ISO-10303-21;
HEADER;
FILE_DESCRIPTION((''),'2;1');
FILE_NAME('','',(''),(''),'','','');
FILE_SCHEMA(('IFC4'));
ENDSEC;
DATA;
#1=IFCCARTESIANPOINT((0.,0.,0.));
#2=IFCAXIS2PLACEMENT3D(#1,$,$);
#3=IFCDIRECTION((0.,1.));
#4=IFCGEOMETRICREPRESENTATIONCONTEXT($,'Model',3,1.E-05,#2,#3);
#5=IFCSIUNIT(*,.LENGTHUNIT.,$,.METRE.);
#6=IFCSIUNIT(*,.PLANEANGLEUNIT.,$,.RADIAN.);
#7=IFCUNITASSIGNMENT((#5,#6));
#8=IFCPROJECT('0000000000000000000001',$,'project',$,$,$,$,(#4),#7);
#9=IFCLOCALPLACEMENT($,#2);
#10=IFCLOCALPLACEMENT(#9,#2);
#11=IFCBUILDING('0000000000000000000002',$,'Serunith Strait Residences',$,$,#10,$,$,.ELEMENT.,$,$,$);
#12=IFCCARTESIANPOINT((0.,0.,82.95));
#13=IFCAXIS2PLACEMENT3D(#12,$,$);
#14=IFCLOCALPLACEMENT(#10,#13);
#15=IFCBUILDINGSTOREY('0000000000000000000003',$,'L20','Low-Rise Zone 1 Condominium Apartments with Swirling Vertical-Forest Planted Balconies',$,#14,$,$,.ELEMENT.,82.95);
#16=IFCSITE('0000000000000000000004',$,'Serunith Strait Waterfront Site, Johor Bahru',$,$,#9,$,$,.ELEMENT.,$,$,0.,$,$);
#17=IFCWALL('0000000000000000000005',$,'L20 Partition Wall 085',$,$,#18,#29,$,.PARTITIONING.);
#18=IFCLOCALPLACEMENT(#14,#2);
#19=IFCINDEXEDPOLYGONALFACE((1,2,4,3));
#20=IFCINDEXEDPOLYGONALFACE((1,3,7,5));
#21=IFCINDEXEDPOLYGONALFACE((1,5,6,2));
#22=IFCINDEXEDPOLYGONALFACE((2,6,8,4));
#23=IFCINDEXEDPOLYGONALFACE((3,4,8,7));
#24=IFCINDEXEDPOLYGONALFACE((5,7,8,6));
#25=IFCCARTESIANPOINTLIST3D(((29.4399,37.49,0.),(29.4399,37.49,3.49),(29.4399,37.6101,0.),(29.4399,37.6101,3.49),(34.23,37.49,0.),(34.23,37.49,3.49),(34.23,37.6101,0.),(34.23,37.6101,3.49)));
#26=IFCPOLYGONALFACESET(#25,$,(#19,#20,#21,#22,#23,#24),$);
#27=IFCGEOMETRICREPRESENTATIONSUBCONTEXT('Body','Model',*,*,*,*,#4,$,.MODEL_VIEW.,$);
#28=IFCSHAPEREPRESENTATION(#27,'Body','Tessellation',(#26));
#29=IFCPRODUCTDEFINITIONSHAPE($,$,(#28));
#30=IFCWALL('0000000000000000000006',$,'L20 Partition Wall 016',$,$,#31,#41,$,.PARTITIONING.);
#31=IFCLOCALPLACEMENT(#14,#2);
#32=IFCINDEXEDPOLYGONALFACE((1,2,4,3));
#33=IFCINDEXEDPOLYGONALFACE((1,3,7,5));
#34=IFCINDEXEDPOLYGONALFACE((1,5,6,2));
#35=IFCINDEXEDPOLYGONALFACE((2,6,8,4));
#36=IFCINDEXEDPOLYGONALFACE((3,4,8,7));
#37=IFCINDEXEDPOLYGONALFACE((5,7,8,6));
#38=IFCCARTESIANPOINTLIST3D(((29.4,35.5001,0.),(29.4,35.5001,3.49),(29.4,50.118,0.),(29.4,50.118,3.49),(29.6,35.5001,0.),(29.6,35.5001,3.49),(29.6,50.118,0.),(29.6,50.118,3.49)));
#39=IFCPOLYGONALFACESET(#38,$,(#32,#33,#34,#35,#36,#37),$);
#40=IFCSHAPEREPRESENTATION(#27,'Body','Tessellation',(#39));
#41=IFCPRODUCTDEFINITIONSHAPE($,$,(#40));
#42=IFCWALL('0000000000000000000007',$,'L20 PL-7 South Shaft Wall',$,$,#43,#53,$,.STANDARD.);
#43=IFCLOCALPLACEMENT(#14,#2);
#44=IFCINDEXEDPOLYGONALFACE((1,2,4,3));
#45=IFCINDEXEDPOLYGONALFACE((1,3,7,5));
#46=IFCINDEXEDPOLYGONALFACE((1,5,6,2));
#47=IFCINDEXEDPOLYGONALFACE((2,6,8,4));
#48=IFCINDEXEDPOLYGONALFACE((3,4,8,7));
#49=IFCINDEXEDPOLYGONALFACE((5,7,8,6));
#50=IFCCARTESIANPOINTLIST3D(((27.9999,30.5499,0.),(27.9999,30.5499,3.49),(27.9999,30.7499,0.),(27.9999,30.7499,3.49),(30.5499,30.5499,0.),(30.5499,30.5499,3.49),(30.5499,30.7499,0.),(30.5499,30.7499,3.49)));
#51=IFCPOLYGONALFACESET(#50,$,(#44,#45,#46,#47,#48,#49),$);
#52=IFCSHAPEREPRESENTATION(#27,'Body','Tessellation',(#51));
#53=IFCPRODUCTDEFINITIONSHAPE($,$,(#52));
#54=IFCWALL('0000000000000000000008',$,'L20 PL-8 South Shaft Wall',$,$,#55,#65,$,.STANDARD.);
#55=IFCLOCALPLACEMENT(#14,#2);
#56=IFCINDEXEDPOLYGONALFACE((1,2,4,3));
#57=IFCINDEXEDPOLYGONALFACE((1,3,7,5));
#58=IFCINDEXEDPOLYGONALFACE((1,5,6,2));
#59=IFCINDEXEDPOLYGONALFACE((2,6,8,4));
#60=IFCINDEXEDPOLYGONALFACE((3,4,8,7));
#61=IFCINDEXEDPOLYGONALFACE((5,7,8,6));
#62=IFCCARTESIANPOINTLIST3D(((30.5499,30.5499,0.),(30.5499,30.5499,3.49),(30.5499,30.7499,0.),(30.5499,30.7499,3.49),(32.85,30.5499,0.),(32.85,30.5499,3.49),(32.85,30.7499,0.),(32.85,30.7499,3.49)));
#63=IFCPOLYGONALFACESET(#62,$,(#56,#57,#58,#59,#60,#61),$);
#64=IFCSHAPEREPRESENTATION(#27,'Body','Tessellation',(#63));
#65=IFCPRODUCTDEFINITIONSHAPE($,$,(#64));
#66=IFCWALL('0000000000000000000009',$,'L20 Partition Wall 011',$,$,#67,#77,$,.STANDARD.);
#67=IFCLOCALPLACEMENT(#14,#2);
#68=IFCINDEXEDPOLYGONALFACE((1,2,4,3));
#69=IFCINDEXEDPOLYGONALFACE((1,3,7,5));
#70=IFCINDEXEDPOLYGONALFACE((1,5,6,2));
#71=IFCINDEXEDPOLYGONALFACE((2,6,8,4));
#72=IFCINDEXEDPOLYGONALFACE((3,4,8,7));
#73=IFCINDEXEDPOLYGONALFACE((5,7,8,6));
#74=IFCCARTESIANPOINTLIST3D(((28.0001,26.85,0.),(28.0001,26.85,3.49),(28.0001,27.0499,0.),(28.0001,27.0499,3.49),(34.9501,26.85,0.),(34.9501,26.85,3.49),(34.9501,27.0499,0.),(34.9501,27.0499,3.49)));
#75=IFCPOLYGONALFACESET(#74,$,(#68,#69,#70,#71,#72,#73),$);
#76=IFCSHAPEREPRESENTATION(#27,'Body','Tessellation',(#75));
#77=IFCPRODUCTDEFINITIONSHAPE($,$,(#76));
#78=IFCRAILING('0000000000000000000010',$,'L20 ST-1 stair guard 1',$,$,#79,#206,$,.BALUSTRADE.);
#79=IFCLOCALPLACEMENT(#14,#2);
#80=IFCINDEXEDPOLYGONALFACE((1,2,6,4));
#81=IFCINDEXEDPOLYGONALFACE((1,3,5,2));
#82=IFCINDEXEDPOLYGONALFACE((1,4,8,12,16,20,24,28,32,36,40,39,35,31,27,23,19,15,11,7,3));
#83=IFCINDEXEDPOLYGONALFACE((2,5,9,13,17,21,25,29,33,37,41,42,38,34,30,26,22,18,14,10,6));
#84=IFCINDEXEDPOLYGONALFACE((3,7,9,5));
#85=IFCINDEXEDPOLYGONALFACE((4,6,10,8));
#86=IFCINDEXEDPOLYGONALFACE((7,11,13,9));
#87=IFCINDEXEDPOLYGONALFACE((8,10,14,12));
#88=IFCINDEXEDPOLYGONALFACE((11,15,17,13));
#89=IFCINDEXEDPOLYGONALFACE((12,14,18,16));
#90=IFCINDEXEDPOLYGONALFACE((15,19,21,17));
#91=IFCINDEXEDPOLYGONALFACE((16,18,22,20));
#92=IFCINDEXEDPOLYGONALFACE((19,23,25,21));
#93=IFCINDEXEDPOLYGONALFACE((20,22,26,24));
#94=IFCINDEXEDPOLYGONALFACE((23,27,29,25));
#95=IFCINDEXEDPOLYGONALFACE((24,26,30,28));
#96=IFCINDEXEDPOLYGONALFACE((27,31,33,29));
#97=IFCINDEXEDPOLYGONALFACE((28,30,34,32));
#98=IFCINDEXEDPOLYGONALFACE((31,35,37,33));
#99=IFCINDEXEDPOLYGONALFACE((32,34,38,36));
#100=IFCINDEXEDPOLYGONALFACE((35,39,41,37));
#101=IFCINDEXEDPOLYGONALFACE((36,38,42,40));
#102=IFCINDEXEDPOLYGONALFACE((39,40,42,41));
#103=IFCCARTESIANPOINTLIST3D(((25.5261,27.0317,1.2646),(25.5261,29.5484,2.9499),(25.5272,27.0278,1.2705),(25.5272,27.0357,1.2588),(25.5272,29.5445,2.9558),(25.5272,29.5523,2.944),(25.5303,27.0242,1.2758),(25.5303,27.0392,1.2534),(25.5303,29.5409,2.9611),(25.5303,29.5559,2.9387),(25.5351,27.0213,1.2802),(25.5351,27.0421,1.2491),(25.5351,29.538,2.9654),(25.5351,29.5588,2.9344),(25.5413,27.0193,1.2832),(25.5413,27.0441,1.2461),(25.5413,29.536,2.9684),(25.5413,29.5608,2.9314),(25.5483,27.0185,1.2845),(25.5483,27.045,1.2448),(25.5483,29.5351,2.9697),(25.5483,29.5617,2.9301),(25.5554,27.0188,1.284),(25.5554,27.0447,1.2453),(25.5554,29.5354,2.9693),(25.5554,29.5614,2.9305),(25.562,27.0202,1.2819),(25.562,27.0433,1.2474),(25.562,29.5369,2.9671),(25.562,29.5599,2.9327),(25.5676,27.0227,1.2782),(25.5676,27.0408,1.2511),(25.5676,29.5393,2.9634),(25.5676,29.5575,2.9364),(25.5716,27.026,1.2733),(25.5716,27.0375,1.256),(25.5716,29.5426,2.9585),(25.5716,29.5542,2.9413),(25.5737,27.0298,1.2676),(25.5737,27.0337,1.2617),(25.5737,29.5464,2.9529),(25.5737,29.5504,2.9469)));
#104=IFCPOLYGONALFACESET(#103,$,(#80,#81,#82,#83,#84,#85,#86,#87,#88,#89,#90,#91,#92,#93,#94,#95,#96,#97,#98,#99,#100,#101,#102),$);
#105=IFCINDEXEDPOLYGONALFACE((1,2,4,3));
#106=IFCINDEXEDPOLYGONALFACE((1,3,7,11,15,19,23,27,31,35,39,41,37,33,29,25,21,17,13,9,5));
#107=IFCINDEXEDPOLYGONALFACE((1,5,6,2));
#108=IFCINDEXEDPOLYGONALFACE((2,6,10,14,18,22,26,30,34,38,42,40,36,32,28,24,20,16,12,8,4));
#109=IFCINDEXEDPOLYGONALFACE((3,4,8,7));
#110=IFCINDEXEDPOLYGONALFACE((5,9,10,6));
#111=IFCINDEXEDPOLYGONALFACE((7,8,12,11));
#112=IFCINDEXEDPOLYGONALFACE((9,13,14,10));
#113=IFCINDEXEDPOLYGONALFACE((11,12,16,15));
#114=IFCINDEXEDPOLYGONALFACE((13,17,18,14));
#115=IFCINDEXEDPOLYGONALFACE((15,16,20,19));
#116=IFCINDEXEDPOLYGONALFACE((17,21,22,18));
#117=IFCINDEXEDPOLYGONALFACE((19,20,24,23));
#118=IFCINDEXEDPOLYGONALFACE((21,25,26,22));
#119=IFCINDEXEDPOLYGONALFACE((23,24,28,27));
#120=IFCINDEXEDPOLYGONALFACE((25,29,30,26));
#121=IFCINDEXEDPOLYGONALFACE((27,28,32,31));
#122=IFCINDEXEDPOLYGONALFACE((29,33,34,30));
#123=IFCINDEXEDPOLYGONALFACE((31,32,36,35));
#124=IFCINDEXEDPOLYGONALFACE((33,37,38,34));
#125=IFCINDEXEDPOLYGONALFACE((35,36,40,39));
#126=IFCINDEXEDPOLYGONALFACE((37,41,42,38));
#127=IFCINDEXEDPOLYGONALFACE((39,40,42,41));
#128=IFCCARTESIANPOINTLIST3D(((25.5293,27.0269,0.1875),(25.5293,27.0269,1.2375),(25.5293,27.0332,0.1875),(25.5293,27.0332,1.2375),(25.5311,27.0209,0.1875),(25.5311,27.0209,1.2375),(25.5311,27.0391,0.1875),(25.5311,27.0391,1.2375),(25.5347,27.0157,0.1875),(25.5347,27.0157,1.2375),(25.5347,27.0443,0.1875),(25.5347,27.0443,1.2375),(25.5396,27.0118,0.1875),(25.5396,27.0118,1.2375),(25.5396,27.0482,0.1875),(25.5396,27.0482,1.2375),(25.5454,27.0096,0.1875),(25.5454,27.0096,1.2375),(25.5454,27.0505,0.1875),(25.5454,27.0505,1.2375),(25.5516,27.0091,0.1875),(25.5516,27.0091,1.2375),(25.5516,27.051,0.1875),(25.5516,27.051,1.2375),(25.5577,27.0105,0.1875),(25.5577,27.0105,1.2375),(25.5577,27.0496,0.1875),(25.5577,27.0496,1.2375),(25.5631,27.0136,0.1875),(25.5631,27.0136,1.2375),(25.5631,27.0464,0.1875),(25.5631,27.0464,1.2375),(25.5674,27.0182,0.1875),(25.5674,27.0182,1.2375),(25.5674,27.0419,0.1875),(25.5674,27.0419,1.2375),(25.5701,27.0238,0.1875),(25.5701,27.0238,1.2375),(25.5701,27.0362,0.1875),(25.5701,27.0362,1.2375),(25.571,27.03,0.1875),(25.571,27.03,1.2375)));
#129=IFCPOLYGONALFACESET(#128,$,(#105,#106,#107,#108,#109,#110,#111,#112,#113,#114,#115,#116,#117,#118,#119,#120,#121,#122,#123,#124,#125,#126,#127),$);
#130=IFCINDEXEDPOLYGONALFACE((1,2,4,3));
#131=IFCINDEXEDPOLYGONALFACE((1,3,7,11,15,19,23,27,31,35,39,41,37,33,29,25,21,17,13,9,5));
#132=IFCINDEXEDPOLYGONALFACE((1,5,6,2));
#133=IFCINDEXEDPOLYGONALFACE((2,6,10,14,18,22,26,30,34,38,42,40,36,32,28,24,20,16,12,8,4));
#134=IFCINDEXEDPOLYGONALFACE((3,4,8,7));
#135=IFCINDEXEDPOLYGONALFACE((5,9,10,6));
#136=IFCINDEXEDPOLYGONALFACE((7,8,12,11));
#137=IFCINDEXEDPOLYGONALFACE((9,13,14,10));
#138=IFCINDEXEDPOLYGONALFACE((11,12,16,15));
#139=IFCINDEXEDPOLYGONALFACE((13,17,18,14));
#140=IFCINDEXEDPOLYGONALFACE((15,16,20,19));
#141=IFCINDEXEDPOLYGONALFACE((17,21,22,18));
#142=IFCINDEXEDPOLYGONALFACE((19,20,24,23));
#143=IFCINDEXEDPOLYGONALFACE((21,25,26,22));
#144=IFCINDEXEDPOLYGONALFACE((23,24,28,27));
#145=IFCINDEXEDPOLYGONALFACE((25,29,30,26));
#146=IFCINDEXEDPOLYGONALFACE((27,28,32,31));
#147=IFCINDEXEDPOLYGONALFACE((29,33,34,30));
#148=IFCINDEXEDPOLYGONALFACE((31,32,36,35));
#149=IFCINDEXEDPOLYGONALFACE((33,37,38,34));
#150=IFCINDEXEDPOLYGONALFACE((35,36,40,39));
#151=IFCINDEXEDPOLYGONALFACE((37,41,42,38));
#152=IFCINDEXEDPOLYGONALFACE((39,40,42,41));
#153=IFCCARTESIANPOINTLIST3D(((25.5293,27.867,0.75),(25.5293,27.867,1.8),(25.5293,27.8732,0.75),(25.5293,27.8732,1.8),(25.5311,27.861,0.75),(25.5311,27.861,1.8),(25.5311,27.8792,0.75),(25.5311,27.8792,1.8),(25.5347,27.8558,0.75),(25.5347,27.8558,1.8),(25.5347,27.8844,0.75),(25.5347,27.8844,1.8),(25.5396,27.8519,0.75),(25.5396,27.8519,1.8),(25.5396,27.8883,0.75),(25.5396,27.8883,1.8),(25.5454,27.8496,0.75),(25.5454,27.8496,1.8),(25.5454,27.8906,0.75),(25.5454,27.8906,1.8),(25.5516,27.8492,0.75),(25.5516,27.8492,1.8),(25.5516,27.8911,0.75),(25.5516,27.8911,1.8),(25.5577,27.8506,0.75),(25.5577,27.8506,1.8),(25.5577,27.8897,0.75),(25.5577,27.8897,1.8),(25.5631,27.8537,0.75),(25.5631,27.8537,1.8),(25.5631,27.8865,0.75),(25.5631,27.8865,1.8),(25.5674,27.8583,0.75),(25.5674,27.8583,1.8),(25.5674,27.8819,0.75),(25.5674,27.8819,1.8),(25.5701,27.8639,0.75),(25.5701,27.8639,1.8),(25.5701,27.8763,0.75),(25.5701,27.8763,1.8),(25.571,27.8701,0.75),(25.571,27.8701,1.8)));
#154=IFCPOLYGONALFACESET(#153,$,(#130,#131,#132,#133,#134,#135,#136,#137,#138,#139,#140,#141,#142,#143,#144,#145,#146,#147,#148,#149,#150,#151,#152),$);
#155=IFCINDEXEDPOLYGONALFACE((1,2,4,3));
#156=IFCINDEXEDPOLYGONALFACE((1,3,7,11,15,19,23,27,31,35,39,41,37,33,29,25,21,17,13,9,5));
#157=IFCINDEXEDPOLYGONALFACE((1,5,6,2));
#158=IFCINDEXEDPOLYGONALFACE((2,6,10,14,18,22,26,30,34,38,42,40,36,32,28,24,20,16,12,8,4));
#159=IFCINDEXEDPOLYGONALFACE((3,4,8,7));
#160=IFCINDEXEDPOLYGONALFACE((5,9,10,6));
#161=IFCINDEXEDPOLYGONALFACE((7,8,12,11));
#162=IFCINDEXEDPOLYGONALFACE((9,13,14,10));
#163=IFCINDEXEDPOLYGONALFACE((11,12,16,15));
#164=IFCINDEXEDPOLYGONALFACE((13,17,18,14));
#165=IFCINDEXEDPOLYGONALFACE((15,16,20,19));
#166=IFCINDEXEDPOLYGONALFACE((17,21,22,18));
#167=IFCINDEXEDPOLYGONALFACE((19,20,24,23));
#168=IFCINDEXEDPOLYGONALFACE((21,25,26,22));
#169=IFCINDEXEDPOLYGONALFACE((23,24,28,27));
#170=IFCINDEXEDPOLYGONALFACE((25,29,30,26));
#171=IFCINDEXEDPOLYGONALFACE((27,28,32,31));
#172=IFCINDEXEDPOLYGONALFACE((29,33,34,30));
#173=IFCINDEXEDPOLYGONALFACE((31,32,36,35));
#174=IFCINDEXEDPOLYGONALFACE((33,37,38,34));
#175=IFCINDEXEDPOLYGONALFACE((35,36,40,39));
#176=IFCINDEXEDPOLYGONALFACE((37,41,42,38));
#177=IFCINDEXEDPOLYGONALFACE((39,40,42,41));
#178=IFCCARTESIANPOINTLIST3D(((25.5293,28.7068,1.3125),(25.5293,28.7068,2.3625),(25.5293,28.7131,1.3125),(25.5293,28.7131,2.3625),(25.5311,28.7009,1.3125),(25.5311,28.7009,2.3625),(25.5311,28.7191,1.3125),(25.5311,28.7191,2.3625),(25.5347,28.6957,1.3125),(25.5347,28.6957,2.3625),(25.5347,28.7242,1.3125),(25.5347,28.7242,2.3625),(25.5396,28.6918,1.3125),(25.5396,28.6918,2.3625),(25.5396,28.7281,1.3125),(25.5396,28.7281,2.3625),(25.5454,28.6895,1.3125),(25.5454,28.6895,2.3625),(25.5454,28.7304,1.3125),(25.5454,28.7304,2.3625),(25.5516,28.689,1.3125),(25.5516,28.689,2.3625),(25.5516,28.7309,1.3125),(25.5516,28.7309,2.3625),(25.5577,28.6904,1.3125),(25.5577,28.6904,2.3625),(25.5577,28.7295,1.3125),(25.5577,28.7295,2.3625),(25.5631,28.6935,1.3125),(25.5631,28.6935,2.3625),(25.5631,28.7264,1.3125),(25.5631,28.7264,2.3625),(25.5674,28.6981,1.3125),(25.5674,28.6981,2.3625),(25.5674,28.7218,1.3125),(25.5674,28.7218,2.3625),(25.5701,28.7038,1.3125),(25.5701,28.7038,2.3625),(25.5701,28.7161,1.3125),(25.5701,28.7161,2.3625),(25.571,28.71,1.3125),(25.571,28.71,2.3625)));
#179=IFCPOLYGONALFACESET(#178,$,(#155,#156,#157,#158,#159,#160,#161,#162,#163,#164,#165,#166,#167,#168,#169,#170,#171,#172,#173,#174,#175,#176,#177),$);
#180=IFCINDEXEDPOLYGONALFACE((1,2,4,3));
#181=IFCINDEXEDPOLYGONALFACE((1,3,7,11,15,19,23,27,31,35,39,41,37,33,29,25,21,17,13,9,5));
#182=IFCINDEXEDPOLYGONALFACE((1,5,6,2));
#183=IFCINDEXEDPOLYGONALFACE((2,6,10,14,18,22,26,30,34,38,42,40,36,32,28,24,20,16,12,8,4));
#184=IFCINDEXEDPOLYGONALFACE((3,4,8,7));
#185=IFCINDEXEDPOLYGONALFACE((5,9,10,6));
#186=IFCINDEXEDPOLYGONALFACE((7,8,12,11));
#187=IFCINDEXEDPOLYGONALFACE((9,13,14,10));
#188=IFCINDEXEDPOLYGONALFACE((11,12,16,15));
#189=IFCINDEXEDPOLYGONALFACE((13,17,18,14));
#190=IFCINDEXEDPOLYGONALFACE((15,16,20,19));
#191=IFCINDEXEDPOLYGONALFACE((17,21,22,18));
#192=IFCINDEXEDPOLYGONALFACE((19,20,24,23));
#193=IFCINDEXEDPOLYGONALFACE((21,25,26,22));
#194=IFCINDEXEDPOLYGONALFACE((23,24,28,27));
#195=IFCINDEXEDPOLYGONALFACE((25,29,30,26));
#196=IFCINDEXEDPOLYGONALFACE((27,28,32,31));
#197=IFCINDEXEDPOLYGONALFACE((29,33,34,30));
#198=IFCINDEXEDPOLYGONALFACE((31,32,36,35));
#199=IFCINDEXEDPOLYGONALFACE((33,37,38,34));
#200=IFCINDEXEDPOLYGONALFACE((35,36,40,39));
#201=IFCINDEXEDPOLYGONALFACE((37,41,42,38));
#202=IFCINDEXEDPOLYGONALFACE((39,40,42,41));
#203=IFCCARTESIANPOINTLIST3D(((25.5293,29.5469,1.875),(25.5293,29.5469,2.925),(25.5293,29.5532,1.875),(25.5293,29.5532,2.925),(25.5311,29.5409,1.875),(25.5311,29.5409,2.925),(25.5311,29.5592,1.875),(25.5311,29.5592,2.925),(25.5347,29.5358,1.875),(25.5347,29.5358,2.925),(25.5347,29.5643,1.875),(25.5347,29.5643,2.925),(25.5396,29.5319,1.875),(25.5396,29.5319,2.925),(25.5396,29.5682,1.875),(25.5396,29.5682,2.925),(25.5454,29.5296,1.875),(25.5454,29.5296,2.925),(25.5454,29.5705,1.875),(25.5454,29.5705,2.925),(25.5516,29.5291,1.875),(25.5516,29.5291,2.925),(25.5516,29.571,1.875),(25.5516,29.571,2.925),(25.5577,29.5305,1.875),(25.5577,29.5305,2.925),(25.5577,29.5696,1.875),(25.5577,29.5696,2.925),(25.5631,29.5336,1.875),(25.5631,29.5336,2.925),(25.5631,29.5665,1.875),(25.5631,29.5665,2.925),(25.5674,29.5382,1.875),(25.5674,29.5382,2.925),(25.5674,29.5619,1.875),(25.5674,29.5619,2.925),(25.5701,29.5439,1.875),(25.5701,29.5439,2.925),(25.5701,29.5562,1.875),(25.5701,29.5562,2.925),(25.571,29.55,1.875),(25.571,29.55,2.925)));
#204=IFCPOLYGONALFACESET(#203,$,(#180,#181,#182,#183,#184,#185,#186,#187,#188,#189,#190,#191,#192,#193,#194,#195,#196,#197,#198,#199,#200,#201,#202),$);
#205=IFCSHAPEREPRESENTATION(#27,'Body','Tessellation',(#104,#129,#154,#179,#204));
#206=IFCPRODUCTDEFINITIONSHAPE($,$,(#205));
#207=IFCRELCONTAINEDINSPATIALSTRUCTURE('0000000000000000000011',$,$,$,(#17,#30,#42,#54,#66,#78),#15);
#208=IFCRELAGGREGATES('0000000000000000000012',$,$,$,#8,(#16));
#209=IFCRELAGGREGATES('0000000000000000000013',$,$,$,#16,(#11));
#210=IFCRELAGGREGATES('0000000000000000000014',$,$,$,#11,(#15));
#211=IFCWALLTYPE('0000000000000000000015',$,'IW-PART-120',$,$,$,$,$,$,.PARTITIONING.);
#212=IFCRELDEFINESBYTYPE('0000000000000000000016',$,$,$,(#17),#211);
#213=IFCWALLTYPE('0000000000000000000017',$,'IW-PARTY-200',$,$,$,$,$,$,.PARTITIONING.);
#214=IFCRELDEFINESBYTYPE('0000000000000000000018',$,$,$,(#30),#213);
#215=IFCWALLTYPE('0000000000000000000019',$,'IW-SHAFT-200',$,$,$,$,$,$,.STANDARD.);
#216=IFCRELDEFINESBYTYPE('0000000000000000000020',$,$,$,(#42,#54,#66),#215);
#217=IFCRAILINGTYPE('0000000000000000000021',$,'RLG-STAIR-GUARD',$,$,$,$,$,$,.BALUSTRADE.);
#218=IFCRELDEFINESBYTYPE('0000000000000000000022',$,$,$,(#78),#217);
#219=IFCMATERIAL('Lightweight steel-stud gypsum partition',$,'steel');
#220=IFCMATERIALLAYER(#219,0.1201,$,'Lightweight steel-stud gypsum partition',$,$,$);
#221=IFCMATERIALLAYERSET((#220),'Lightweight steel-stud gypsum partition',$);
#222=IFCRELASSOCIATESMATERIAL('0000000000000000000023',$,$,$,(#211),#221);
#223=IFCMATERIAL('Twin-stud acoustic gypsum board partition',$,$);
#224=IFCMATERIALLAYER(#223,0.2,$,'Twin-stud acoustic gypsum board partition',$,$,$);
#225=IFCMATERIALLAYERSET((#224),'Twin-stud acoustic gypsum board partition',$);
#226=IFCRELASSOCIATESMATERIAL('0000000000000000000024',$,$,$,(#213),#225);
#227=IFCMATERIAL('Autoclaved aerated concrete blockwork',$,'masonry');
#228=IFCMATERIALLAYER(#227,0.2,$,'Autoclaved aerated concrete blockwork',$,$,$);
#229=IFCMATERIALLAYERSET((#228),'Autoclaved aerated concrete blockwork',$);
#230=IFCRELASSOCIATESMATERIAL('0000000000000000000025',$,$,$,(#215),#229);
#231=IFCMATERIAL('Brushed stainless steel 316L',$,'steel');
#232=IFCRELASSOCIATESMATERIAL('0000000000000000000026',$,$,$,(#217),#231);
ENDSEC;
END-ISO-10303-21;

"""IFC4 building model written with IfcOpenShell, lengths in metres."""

from ifc_helpers import new_model, si_unit, direction, frame, frame_2d, origin, origin_2d, place, context, subcontext, project, spatial, rectangle, circle, extrude, material, layer, layer_set, type_object, element, save


model = new_model("IFC4")

# Units and contexts
model_context = context("Model", 3, precision=1e-05, world=origin(), true_north=direction((0.0, 1.0)))
body_context = subcontext(model_context, "Body", "Model", "MODEL_VIEW")
ifc_project = project(units=[si_unit("LENGTHUNIT", "METRE"), si_unit("PLANEANGLEUNIT", "RADIAN")], contexts=[model_context])

# Site, building, storey
site_placement = place(None, origin())
site = spatial("IfcSite", under=ifc_project, at=site_placement, Name="Serunith Strait Waterfront Site, Johor Bahru", CompositionType="ELEMENT", RefElevation=0.0)
building_placement = place(site_placement, origin())
building = spatial("IfcBuilding", under=site, at=building_placement, Name="Serunith Strait Residences", CompositionType="ELEMENT")
storey_placement = place(building_placement, frame((0.0, 0.0, 82.95)))
storey = spatial("IfcBuildingStorey", under=building, at=storey_placement, Name="L20", Description="Low-Rise Zone 1 Condominium Apartments with Swirling Vertical-Forest Planted Balconies", CompositionType="ELEMENT", Elevation=82.95)

# Walls
ifc_material_1 = material(Name="Lightweight steel-stud gypsum partition", Category="steel")
ifc_layer_1 = layer(ifc_material_1, 0.1201, Name="Lightweight steel-stud gypsum partition")
ifc_layer_set_1 = layer_set([ifc_layer_1], Name="Lightweight steel-stud gypsum partition")
wall_type_1 = type_object("IfcWallType", Name="IW-PART-120", PredefinedType="PARTITIONING", material=ifc_layer_set_1)
wall_1_placement = place(storey_placement, frame((29.4399, 37.55, 0.0), z_axis=(0.0, 0.0, 1.0), x_axis=(1.0, 0.0, 0.0)))
element("IfcWall", 1, at=wall_1_placement, inside=storey, type_object=wall_type_1, Name="L20 Partition Wall 085", PredefinedType="PARTITIONING", context=body_context, shape_type="SweptSolid", body=[
    extrude(rectangle(XDim=4.79, YDim=0.1201, at=frame_2d((2.395, 0.0))), origin(), (0.0, 0.0, 1.0), 3.49),
])
ifc_material_2 = material(Name="Twin-stud acoustic gypsum board partition")
ifc_layer_2 = layer(ifc_material_2, 0.2, Name="Twin-stud acoustic gypsum board partition")
ifc_layer_set_2 = layer_set([ifc_layer_2], Name="Twin-stud acoustic gypsum board partition")
wall_type_2 = type_object("IfcWallType", Name="IW-PARTY-200", PredefinedType="PARTITIONING", material=ifc_layer_set_2)
wall_2_placement = place(storey_placement, frame((29.5, 35.5, 0.0), z_axis=(0.0, 0.0, 1.0), x_axis=(0.0, 1.0, 0.0)))
element("IfcWall", 2, at=wall_2_placement, inside=storey, type_object=wall_type_2, Name="L20 Partition Wall 016", PredefinedType="PARTITIONING", context=body_context, shape_type="SweptSolid", body=[
    extrude(rectangle(XDim=14.6179, YDim=0.2, at=frame_2d((7.3091, 0.0))), origin(), (0.0, 0.0, 1.0), 3.49),
])
ifc_material_3 = material(Name="Autoclaved aerated concrete blockwork", Category="masonry")
ifc_layer_3 = layer(ifc_material_3, 0.2, Name="Autoclaved aerated concrete blockwork")
ifc_layer_set_3 = layer_set([ifc_layer_3], Name="Autoclaved aerated concrete blockwork")
wall_type_3 = type_object("IfcWallType", Name="IW-SHAFT-200", PredefinedType="STANDARD", material=ifc_layer_set_3)
wall_3_placement = place(storey_placement, frame((28.0, 30.6499, 0.0), z_axis=(0.0, 0.0, 1.0), x_axis=(1.0, 0.0, 0.0)))
element("IfcWall", 3, at=wall_3_placement, inside=storey, type_object=wall_type_3, Name="L20 PL-7 South Shaft Wall", PredefinedType="STANDARD", context=body_context, shape_type="SweptSolid", body=[
    extrude(rectangle(XDim=2.55, YDim=0.2, at=frame_2d((1.2749, 0.0))), origin(), (0.0, 0.0, 1.0), 3.49),
])
wall_4_placement = place(storey_placement, frame((30.55, 30.6499, 0.0), z_axis=(0.0, 0.0, 1.0), x_axis=(1.0, 0.0, 0.0)))
element("IfcWall", 4, at=wall_4_placement, inside=storey, type_object=wall_type_3, Name="L20 PL-8 South Shaft Wall", PredefinedType="STANDARD", context=body_context, shape_type="SweptSolid", body=[
    extrude(rectangle(XDim=2.3, YDim=0.2, at=frame_2d((1.1499, 0.0))), origin(), (0.0, 0.0, 1.0), 3.49),
])
wall_5_placement = place(storey_placement, frame((28.0, 26.95, 0.0), z_axis=(0.0, 0.0, 1.0), x_axis=(1.0, 0.0, 0.0)))
element("IfcWall", 5, at=wall_5_placement, inside=storey, type_object=wall_type_3, Name="L20 Partition Wall 011", PredefinedType="STANDARD", context=body_context, shape_type="SweptSolid", body=[
    extrude(rectangle(XDim=6.95, YDim=0.2, at=frame_2d((3.4751, 0.0))), origin(), (0.0, 0.0, 1.0), 3.49),
])

# Railing
ifc_material_4 = material(Name="Brushed stainless steel 316L", Category="steel")
railing_type_1 = type_object("IfcRailingType", Name="RLG-STAIR-GUARD", PredefinedType="BALUSTRADE", material=ifc_material_4)
railing_1_placement = place(storey_placement, frame((25.55, 27.03, 0.1875)))
element("IfcRailing", 6, at=railing_1_placement, inside=storey, type_object=railing_type_1, Name="L20 ST-1 stair guard 1", PredefinedType="BALUSTRADE", context=body_context, shape_type="SweptSolid", body=[
    extrude(circle(Radius=0.0239, at=origin_2d()), frame((0.0, 0.0017, 1.0771), z_axis=(0.0, 0.830909, 0.556408), x_axis=(-1.0, 0.0, 0.0)), (0.0, 0.0, 1.0), 3.0288),
    extrude(circle(Radius=0.021, at=origin_2d()), origin(), (0.0, 0.0, 1.0), 1.05),
    extrude(circle(Radius=0.021, at=origin_2d()), frame((0.0, 0.8401, 0.5625)), (0.0, 0.0, 1.0), 1.05),
    extrude(circle(Radius=0.021, at=origin_2d()), frame((0.0, 1.6799, 1.125)), (0.0, 0.0, 1.0), 1.05),
    extrude(circle(Radius=0.021, at=origin_2d()), frame((0.0, 2.52, 1.6875)), (0.0, 0.0, 1.0), 1.05),
])

save(model, "model.ifc")
